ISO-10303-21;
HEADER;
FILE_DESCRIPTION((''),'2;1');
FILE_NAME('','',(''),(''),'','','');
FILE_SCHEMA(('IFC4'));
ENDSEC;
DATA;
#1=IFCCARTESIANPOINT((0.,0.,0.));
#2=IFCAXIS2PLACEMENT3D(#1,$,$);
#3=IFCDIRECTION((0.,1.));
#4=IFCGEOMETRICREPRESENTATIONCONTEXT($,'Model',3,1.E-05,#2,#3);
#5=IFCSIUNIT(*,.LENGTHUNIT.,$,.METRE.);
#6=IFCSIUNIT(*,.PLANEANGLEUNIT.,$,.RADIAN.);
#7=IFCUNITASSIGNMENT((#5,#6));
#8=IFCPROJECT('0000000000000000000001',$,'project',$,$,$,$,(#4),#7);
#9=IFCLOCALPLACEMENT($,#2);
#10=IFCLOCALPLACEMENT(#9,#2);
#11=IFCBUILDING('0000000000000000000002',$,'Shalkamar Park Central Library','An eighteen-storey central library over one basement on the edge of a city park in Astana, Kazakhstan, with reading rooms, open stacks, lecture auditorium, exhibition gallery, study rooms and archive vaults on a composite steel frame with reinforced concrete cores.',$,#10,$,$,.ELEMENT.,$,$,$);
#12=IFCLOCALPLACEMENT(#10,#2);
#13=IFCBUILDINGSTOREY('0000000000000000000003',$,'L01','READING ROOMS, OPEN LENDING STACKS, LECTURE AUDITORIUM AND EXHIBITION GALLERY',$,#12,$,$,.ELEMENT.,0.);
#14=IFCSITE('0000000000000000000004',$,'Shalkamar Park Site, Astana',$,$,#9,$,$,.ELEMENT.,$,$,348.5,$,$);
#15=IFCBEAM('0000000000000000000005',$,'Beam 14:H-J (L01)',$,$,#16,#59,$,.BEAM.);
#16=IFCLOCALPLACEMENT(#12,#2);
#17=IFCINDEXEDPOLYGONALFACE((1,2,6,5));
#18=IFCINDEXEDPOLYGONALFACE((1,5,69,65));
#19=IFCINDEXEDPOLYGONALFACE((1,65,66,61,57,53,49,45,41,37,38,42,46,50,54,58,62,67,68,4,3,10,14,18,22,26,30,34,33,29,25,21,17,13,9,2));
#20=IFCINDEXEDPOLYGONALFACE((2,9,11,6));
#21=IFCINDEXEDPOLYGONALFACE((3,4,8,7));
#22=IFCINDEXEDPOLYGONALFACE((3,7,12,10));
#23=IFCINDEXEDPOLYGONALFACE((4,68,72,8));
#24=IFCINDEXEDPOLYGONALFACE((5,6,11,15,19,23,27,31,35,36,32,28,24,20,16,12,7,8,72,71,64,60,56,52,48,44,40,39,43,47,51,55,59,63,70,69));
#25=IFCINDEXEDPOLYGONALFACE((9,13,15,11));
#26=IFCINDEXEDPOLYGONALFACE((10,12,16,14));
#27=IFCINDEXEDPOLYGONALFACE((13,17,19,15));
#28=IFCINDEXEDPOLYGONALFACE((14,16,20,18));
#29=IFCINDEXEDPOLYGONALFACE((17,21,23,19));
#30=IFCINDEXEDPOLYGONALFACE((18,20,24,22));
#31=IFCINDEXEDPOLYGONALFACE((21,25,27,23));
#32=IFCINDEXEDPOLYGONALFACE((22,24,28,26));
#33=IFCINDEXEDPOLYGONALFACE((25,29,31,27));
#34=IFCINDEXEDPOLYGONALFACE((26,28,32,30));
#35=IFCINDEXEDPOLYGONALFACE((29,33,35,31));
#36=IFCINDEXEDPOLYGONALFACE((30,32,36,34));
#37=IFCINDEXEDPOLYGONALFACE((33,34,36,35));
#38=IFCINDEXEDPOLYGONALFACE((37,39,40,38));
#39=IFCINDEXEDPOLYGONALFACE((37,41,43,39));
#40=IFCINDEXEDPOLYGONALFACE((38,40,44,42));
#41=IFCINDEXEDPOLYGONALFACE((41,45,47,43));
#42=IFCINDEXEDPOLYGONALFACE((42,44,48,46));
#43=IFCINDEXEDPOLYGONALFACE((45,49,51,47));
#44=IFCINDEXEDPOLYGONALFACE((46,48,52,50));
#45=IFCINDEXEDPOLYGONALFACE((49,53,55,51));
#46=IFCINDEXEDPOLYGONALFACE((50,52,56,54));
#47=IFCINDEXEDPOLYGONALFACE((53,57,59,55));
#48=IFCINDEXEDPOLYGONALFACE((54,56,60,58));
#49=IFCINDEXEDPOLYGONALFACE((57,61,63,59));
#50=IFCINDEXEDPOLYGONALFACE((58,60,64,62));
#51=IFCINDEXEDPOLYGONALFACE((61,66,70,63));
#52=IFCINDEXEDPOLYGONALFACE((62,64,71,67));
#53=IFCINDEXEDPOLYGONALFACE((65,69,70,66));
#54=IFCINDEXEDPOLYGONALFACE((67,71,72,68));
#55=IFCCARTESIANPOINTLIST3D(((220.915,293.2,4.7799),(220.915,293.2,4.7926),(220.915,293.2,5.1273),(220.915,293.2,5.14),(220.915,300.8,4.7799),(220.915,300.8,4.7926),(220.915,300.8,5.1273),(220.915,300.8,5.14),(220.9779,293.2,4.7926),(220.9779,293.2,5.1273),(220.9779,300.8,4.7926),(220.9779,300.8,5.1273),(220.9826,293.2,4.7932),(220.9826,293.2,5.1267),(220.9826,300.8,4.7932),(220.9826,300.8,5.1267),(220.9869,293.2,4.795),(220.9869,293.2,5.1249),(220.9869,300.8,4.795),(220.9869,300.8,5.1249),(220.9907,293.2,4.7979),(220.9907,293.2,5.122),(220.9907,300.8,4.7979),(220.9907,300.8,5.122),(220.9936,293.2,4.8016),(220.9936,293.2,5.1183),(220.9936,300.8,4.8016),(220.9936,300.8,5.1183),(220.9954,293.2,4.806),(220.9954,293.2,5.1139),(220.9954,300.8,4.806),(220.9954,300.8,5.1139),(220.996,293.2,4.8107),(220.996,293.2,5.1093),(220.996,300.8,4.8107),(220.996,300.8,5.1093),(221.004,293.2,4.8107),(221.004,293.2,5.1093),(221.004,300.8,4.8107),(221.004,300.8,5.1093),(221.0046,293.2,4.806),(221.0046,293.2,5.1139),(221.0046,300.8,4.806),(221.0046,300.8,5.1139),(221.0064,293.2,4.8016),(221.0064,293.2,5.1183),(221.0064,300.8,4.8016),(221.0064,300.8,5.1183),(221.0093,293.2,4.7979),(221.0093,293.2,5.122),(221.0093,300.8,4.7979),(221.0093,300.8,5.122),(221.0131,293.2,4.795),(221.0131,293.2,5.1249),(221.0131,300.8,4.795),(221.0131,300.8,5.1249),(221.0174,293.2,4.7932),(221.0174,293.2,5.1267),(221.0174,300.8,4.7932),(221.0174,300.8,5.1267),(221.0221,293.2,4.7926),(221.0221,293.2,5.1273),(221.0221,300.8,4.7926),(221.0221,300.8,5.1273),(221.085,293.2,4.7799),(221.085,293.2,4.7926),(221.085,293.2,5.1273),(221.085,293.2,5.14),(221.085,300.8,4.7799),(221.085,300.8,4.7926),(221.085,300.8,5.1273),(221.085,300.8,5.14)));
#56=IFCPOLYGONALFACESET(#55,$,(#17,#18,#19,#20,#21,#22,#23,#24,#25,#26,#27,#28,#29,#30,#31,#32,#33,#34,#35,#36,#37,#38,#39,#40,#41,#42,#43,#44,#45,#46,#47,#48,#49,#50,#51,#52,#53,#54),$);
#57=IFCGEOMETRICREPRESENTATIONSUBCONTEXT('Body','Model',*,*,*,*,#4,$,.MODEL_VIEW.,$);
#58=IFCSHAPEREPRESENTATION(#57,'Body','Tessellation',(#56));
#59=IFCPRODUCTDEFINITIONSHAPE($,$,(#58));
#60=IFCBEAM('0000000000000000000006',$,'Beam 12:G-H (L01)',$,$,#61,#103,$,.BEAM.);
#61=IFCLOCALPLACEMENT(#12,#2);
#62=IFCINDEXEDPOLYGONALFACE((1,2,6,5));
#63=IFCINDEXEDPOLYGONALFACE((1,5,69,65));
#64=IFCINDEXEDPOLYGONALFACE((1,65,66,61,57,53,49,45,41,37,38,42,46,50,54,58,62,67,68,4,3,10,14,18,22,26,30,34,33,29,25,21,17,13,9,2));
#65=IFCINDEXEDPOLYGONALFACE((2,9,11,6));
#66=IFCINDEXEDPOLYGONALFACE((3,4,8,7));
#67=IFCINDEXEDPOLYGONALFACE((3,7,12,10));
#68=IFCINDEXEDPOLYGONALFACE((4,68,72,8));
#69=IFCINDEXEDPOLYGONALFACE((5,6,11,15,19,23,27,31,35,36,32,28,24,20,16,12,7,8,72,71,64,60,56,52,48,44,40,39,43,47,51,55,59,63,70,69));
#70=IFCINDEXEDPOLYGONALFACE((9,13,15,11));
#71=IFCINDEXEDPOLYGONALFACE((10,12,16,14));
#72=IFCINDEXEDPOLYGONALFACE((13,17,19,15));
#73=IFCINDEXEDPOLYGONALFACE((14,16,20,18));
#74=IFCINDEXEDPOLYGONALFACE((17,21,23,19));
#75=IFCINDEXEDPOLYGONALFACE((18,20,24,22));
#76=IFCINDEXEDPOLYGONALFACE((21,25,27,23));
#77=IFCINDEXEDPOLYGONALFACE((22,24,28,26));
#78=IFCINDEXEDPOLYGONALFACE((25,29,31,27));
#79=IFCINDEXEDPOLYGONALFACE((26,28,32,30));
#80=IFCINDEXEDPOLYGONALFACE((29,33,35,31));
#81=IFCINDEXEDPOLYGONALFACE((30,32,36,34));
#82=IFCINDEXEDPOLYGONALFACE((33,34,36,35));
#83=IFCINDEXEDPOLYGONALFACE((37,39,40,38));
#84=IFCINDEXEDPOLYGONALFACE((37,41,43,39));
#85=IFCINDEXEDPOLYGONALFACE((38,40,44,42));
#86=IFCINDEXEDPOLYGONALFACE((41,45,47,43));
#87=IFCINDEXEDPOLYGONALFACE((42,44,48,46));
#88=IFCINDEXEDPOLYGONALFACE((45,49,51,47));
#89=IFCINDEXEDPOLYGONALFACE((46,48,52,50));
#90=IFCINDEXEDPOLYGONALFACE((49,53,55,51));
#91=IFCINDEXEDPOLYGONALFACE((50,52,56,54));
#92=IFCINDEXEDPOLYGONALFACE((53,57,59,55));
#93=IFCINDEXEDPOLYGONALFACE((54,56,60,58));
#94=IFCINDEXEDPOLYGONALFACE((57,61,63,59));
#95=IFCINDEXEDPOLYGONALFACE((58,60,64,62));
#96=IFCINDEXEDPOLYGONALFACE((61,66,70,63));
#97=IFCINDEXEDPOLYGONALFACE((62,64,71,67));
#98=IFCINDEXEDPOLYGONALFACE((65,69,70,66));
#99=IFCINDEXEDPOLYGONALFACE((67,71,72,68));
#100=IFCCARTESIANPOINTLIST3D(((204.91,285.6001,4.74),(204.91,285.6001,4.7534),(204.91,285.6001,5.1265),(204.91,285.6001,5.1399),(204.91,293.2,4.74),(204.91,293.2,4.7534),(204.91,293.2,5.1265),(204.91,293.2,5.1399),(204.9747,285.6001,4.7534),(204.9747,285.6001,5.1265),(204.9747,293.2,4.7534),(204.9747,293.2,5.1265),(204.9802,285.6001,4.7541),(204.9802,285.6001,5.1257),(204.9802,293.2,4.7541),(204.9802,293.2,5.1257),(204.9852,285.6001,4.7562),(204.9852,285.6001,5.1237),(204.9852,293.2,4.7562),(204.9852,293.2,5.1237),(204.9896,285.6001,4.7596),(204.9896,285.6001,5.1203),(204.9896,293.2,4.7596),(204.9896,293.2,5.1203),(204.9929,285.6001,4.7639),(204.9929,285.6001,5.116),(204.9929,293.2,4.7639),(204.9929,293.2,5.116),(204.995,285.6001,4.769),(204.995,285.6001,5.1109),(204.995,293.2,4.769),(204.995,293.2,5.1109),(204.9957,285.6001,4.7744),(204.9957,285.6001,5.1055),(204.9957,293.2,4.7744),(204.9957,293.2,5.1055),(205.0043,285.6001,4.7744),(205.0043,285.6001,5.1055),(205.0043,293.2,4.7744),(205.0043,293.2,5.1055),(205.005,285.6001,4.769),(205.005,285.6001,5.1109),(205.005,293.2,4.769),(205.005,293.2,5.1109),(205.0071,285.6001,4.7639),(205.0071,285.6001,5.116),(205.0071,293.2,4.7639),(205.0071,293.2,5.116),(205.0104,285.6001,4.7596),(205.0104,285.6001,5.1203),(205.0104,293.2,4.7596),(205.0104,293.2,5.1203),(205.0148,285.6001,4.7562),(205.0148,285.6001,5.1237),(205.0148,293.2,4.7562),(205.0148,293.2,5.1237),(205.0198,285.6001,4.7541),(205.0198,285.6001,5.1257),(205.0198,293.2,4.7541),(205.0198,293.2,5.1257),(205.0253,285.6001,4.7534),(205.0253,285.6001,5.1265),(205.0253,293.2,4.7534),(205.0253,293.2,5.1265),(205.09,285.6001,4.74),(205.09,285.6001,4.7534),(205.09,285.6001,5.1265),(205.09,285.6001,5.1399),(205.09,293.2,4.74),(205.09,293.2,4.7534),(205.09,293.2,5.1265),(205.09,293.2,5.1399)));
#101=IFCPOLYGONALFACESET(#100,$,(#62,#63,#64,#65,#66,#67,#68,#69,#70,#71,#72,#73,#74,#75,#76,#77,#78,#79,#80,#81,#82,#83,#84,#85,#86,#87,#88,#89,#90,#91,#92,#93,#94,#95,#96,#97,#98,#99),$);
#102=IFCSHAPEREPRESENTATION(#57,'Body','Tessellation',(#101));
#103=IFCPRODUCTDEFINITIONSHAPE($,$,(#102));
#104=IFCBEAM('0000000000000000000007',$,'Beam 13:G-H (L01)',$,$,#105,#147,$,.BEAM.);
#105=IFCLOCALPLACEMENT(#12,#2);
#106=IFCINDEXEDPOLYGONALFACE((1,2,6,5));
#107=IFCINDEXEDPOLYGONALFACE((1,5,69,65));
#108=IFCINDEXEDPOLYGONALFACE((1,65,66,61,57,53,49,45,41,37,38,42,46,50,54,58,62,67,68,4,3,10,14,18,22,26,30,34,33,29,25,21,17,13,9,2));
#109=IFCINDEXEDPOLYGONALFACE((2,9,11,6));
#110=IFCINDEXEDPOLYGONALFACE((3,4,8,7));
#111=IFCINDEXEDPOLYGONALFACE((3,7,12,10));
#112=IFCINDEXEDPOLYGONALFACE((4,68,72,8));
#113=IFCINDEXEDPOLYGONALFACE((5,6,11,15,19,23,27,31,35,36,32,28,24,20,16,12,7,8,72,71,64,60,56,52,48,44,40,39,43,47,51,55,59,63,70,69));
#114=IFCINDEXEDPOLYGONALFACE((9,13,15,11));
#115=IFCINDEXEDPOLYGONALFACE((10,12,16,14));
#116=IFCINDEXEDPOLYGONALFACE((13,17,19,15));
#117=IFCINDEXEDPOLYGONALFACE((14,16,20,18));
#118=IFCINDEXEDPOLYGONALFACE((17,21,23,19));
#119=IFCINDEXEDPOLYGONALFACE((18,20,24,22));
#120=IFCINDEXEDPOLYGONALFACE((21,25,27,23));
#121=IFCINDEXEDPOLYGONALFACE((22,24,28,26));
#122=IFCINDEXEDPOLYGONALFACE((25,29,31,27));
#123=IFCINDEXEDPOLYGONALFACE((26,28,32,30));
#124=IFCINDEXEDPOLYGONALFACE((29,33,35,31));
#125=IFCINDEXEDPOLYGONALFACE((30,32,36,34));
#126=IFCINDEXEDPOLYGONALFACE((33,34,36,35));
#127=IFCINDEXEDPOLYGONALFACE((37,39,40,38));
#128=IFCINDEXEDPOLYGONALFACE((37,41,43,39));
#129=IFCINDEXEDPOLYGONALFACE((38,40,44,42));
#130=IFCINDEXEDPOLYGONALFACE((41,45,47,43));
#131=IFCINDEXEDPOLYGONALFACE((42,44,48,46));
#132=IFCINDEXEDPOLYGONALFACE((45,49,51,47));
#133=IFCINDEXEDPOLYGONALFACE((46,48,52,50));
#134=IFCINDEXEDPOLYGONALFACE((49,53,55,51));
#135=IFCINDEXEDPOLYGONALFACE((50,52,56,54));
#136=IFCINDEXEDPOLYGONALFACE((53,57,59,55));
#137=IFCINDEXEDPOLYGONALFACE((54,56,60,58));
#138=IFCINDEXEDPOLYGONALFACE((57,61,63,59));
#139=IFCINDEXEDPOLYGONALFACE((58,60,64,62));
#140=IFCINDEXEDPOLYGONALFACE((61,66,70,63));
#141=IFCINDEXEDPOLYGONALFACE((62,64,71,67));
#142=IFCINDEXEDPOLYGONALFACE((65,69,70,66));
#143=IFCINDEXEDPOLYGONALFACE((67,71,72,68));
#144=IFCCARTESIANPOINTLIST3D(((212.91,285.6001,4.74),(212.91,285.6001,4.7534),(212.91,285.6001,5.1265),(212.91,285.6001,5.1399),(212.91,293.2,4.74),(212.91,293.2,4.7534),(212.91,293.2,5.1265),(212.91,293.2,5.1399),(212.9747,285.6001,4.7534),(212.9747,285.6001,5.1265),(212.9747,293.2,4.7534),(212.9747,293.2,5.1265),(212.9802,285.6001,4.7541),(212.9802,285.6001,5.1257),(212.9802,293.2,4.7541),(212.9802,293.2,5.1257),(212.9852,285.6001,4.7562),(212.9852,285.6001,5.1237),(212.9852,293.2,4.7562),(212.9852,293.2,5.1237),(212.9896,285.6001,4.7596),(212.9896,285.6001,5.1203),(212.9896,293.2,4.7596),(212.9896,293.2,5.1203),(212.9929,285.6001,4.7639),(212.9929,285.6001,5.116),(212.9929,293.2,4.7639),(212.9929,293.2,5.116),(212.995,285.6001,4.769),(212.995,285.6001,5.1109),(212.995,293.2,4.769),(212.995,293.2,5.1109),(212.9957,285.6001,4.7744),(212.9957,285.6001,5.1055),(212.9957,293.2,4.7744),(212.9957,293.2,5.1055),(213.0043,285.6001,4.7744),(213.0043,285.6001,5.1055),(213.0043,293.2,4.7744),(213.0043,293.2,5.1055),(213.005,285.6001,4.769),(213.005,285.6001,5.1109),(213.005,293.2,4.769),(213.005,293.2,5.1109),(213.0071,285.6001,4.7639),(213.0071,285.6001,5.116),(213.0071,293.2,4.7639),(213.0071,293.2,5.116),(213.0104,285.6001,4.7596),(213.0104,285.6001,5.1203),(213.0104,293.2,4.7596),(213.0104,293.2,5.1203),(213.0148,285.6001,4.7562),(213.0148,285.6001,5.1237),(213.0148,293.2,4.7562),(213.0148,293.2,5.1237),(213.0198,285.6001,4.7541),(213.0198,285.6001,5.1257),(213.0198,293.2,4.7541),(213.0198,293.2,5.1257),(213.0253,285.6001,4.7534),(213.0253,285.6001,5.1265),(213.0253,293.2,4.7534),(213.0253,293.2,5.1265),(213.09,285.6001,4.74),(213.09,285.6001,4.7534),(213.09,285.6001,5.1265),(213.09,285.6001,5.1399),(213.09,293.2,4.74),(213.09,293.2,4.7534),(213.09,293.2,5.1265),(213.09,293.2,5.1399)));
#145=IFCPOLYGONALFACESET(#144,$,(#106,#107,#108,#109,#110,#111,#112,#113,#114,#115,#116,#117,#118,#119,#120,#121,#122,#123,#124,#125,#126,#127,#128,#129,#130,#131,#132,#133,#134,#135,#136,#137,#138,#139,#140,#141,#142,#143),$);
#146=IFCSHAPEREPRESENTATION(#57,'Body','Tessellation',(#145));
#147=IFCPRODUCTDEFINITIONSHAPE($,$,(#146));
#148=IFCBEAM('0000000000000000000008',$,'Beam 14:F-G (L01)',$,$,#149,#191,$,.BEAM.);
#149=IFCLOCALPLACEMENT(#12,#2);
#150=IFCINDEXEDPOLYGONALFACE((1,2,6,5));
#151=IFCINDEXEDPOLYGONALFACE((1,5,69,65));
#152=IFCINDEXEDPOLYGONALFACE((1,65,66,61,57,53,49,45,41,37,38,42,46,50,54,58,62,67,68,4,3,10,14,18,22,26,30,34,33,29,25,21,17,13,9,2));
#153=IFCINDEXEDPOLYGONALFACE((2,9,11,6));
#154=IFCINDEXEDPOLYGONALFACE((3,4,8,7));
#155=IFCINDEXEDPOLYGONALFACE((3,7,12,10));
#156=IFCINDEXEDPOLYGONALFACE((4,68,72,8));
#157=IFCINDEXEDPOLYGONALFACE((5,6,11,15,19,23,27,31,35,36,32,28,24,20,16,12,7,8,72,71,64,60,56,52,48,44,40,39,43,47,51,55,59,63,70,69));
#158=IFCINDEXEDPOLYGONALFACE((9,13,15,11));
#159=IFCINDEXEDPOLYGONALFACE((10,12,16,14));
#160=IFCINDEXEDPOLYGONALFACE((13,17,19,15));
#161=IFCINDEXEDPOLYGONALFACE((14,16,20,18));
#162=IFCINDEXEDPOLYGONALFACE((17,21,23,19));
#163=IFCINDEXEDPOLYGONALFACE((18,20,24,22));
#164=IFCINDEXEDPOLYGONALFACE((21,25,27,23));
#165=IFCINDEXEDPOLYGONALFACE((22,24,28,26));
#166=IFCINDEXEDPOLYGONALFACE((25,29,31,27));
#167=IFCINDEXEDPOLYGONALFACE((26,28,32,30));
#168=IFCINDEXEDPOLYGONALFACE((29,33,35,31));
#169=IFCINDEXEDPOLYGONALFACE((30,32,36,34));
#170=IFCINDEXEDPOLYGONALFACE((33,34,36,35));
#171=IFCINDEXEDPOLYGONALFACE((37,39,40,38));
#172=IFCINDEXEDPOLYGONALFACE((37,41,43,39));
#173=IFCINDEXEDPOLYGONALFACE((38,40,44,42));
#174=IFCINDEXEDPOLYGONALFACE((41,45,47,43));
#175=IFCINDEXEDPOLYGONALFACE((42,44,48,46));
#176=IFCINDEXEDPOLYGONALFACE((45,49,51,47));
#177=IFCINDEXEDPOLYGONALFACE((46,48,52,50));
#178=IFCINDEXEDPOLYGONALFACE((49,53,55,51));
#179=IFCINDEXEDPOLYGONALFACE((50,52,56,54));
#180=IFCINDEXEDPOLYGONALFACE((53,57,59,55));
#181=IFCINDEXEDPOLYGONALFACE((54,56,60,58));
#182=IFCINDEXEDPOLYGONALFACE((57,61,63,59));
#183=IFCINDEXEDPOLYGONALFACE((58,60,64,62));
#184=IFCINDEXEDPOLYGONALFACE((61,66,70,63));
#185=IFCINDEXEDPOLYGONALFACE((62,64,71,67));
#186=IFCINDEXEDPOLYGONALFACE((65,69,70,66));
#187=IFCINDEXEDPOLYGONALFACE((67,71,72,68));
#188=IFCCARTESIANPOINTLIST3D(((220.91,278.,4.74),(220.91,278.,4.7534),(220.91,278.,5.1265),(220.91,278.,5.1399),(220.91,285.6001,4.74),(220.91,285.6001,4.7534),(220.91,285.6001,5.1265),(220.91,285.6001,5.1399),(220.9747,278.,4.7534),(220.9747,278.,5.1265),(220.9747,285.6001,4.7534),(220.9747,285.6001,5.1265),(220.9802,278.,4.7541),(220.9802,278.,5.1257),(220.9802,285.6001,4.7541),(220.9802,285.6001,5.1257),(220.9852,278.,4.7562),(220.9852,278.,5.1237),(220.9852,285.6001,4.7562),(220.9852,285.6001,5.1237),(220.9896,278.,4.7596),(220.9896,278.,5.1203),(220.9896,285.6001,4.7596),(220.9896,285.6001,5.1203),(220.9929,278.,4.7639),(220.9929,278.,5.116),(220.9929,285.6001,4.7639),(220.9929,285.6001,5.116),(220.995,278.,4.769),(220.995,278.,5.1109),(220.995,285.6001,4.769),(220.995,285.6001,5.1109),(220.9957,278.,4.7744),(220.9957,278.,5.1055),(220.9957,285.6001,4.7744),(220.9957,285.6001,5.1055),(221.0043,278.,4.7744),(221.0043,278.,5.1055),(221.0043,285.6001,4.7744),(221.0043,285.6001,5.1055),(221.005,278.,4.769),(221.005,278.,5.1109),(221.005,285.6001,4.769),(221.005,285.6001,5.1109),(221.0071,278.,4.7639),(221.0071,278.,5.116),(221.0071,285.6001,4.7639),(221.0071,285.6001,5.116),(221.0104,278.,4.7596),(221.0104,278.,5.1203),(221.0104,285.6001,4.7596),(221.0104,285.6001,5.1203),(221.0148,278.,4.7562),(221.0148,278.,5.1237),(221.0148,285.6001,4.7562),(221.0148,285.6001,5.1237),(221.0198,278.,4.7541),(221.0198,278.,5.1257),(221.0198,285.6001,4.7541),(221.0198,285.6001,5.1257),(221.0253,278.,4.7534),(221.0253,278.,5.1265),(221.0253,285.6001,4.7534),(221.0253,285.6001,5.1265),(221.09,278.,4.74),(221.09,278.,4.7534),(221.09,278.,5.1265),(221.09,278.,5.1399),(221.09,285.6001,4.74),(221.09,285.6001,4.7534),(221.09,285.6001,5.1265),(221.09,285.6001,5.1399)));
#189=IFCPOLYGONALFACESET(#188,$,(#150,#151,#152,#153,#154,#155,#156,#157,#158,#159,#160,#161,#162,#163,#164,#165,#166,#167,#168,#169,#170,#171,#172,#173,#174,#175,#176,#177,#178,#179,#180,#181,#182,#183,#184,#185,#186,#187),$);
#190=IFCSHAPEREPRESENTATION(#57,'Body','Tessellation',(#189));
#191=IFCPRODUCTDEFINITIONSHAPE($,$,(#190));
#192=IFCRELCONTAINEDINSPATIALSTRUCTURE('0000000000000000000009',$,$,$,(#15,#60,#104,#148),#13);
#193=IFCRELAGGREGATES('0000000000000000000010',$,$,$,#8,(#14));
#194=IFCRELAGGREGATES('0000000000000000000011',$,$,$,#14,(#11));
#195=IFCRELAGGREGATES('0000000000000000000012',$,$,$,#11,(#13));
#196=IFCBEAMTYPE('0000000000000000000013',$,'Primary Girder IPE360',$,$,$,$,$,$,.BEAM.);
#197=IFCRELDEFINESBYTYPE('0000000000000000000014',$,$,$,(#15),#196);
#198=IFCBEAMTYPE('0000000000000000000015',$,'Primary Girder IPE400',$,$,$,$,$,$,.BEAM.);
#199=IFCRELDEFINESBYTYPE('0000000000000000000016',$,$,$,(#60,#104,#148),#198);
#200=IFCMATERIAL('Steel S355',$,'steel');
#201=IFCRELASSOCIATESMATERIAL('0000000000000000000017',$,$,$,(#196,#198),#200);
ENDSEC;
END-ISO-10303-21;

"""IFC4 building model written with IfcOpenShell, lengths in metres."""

from ifc_helpers import new_model, si_unit, direction, frame, origin, origin_2d, place, context, subcontext, project, spatial, i_section, extrude, material, material_profile, profile_set, type_object, element, save


model = new_model("IFC4")

# Units and contexts
model_context = context("Model", 3, precision=1e-05, world=origin(), true_north=direction((0.0, 1.0)))
body_context = subcontext(model_context, "Body", "Model", "MODEL_VIEW")
ifc_project = project(units=[si_unit("LENGTHUNIT", "METRE"), si_unit("PLANEANGLEUNIT", "RADIAN")], contexts=[model_context])

# Site, building, storey
site_placement = place(None, origin())
site = spatial("IfcSite", under=ifc_project, at=site_placement, Name="Shalkamar Park Site, Astana", CompositionType="ELEMENT", RefElevation=348.5)
building_placement = place(site_placement, origin())
building = spatial("IfcBuilding", under=site, at=building_placement, Name="Shalkamar Park Central Library", Description="An eighteen-storey central library over one basement on the edge of a city park in Astana, Kazakhstan, with reading rooms, open stacks, lecture auditorium, exhibition gallery, study rooms and archive vaults on a composite steel frame with reinforced concrete cores.", CompositionType="ELEMENT")
storey_placement = place(building_placement, origin())
storey = spatial("IfcBuildingStorey", under=building, at=storey_placement, Name="L01", Description="READING ROOMS, OPEN LENDING STACKS, LECTURE AUDITORIUM AND EXHIBITION GALLERY", CompositionType="ELEMENT", Elevation=0.0)

# Shared definitions
ifc_material = material(Name="Steel S355", Category="steel")

# Beams
ifc_material_profile_1 = material_profile(ifc_material, i_section(OverallWidth=0.1699, OverallDepth=0.3601, WebThickness=0.0081, FlangeThickness=0.0127, FilletRadius=0.0181, at=origin_2d()), Name="IPE 360")
ifc_profile_set_1 = profile_set([ifc_material_profile_1], Name="Steel S355")
beam_type_1 = type_object("IfcBeamType", Name="Primary Girder IPE360", PredefinedType="BEAM", material=ifc_profile_set_1)
for number, where, z_axis, x_axis, name in (
    (1, (221.0, 293.2, 4.96), (0.0, 1.0, 0.0), (-1.0, 0.0, 0.0), "Beam 14:H-J (L01)"),
):
    element("IfcBeam", number, at=place(storey_placement, frame(where, z_axis=z_axis, x_axis=x_axis)), inside=storey, type_object=beam_type_1, Name=name, PredefinedType="BEAM", context=body_context, shape_type="SweptSolid", body=[
        extrude(i_section(OverallWidth=0.1699, OverallDepth=0.3601, WebThickness=0.0081, FlangeThickness=0.0127, FilletRadius=0.0181, at=origin_2d()), origin(), (0.0, 0.0, 1.0), 7.6001),
    ])
ifc_material_profile_2 = material_profile(ifc_material, i_section(OverallWidth=0.1799, OverallDepth=0.3999, WebThickness=0.0085, FlangeThickness=0.0134, FilletRadius=0.021, at=origin_2d()), Name="IPE 400")
ifc_profile_set_2 = profile_set([ifc_material_profile_2], Name="Steel S355")
beam_type_2 = type_object("IfcBeamType", Name="Primary Girder IPE400", PredefinedType="BEAM", material=ifc_profile_set_2)
for number, where, z_axis, x_axis, name in (
    (2, (205.0, 285.6001, 4.9399), (0.0, 1.0, 0.0), (-1.0, 0.0, 0.0), "Beam 12:G-H (L01)"),
    (3, (213.0, 285.6001, 4.9399), (0.0, 1.0, 0.0), (-1.0, 0.0, 0.0), "Beam 13:G-H (L01)"),
):
    element("IfcBeam", number, at=place(storey_placement, frame(where, z_axis=z_axis, x_axis=x_axis)), inside=storey, type_object=beam_type_2, Name=name, PredefinedType="BEAM", context=body_context, shape_type="SweptSolid", body=[
        extrude(i_section(OverallWidth=0.1799, OverallDepth=0.3999, WebThickness=0.0085, FlangeThickness=0.0134, FilletRadius=0.021, at=origin_2d()), origin(), (0.0, 0.0, 1.0), 7.5999),
    ])
beam_1_placement = place(storey_placement, frame((221.0, 278.0, 4.9399), z_axis=(0.0, 1.0, 0.0), x_axis=(-1.0, 0.0, 0.0)))
element("IfcBeam", 4, at=beam_1_placement, inside=storey, type_object=beam_type_2, Name="Beam 14:F-G (L01)", PredefinedType="BEAM", context=body_context, shape_type="SweptSolid", body=[
    extrude(i_section(OverallWidth=0.1799, OverallDepth=0.3999, WebThickness=0.0085, FlangeThickness=0.0134, FilletRadius=0.021, at=origin_2d()), origin(), (0.0, 0.0, 1.0), 7.6001),
])

save(model, "model.ifc")
